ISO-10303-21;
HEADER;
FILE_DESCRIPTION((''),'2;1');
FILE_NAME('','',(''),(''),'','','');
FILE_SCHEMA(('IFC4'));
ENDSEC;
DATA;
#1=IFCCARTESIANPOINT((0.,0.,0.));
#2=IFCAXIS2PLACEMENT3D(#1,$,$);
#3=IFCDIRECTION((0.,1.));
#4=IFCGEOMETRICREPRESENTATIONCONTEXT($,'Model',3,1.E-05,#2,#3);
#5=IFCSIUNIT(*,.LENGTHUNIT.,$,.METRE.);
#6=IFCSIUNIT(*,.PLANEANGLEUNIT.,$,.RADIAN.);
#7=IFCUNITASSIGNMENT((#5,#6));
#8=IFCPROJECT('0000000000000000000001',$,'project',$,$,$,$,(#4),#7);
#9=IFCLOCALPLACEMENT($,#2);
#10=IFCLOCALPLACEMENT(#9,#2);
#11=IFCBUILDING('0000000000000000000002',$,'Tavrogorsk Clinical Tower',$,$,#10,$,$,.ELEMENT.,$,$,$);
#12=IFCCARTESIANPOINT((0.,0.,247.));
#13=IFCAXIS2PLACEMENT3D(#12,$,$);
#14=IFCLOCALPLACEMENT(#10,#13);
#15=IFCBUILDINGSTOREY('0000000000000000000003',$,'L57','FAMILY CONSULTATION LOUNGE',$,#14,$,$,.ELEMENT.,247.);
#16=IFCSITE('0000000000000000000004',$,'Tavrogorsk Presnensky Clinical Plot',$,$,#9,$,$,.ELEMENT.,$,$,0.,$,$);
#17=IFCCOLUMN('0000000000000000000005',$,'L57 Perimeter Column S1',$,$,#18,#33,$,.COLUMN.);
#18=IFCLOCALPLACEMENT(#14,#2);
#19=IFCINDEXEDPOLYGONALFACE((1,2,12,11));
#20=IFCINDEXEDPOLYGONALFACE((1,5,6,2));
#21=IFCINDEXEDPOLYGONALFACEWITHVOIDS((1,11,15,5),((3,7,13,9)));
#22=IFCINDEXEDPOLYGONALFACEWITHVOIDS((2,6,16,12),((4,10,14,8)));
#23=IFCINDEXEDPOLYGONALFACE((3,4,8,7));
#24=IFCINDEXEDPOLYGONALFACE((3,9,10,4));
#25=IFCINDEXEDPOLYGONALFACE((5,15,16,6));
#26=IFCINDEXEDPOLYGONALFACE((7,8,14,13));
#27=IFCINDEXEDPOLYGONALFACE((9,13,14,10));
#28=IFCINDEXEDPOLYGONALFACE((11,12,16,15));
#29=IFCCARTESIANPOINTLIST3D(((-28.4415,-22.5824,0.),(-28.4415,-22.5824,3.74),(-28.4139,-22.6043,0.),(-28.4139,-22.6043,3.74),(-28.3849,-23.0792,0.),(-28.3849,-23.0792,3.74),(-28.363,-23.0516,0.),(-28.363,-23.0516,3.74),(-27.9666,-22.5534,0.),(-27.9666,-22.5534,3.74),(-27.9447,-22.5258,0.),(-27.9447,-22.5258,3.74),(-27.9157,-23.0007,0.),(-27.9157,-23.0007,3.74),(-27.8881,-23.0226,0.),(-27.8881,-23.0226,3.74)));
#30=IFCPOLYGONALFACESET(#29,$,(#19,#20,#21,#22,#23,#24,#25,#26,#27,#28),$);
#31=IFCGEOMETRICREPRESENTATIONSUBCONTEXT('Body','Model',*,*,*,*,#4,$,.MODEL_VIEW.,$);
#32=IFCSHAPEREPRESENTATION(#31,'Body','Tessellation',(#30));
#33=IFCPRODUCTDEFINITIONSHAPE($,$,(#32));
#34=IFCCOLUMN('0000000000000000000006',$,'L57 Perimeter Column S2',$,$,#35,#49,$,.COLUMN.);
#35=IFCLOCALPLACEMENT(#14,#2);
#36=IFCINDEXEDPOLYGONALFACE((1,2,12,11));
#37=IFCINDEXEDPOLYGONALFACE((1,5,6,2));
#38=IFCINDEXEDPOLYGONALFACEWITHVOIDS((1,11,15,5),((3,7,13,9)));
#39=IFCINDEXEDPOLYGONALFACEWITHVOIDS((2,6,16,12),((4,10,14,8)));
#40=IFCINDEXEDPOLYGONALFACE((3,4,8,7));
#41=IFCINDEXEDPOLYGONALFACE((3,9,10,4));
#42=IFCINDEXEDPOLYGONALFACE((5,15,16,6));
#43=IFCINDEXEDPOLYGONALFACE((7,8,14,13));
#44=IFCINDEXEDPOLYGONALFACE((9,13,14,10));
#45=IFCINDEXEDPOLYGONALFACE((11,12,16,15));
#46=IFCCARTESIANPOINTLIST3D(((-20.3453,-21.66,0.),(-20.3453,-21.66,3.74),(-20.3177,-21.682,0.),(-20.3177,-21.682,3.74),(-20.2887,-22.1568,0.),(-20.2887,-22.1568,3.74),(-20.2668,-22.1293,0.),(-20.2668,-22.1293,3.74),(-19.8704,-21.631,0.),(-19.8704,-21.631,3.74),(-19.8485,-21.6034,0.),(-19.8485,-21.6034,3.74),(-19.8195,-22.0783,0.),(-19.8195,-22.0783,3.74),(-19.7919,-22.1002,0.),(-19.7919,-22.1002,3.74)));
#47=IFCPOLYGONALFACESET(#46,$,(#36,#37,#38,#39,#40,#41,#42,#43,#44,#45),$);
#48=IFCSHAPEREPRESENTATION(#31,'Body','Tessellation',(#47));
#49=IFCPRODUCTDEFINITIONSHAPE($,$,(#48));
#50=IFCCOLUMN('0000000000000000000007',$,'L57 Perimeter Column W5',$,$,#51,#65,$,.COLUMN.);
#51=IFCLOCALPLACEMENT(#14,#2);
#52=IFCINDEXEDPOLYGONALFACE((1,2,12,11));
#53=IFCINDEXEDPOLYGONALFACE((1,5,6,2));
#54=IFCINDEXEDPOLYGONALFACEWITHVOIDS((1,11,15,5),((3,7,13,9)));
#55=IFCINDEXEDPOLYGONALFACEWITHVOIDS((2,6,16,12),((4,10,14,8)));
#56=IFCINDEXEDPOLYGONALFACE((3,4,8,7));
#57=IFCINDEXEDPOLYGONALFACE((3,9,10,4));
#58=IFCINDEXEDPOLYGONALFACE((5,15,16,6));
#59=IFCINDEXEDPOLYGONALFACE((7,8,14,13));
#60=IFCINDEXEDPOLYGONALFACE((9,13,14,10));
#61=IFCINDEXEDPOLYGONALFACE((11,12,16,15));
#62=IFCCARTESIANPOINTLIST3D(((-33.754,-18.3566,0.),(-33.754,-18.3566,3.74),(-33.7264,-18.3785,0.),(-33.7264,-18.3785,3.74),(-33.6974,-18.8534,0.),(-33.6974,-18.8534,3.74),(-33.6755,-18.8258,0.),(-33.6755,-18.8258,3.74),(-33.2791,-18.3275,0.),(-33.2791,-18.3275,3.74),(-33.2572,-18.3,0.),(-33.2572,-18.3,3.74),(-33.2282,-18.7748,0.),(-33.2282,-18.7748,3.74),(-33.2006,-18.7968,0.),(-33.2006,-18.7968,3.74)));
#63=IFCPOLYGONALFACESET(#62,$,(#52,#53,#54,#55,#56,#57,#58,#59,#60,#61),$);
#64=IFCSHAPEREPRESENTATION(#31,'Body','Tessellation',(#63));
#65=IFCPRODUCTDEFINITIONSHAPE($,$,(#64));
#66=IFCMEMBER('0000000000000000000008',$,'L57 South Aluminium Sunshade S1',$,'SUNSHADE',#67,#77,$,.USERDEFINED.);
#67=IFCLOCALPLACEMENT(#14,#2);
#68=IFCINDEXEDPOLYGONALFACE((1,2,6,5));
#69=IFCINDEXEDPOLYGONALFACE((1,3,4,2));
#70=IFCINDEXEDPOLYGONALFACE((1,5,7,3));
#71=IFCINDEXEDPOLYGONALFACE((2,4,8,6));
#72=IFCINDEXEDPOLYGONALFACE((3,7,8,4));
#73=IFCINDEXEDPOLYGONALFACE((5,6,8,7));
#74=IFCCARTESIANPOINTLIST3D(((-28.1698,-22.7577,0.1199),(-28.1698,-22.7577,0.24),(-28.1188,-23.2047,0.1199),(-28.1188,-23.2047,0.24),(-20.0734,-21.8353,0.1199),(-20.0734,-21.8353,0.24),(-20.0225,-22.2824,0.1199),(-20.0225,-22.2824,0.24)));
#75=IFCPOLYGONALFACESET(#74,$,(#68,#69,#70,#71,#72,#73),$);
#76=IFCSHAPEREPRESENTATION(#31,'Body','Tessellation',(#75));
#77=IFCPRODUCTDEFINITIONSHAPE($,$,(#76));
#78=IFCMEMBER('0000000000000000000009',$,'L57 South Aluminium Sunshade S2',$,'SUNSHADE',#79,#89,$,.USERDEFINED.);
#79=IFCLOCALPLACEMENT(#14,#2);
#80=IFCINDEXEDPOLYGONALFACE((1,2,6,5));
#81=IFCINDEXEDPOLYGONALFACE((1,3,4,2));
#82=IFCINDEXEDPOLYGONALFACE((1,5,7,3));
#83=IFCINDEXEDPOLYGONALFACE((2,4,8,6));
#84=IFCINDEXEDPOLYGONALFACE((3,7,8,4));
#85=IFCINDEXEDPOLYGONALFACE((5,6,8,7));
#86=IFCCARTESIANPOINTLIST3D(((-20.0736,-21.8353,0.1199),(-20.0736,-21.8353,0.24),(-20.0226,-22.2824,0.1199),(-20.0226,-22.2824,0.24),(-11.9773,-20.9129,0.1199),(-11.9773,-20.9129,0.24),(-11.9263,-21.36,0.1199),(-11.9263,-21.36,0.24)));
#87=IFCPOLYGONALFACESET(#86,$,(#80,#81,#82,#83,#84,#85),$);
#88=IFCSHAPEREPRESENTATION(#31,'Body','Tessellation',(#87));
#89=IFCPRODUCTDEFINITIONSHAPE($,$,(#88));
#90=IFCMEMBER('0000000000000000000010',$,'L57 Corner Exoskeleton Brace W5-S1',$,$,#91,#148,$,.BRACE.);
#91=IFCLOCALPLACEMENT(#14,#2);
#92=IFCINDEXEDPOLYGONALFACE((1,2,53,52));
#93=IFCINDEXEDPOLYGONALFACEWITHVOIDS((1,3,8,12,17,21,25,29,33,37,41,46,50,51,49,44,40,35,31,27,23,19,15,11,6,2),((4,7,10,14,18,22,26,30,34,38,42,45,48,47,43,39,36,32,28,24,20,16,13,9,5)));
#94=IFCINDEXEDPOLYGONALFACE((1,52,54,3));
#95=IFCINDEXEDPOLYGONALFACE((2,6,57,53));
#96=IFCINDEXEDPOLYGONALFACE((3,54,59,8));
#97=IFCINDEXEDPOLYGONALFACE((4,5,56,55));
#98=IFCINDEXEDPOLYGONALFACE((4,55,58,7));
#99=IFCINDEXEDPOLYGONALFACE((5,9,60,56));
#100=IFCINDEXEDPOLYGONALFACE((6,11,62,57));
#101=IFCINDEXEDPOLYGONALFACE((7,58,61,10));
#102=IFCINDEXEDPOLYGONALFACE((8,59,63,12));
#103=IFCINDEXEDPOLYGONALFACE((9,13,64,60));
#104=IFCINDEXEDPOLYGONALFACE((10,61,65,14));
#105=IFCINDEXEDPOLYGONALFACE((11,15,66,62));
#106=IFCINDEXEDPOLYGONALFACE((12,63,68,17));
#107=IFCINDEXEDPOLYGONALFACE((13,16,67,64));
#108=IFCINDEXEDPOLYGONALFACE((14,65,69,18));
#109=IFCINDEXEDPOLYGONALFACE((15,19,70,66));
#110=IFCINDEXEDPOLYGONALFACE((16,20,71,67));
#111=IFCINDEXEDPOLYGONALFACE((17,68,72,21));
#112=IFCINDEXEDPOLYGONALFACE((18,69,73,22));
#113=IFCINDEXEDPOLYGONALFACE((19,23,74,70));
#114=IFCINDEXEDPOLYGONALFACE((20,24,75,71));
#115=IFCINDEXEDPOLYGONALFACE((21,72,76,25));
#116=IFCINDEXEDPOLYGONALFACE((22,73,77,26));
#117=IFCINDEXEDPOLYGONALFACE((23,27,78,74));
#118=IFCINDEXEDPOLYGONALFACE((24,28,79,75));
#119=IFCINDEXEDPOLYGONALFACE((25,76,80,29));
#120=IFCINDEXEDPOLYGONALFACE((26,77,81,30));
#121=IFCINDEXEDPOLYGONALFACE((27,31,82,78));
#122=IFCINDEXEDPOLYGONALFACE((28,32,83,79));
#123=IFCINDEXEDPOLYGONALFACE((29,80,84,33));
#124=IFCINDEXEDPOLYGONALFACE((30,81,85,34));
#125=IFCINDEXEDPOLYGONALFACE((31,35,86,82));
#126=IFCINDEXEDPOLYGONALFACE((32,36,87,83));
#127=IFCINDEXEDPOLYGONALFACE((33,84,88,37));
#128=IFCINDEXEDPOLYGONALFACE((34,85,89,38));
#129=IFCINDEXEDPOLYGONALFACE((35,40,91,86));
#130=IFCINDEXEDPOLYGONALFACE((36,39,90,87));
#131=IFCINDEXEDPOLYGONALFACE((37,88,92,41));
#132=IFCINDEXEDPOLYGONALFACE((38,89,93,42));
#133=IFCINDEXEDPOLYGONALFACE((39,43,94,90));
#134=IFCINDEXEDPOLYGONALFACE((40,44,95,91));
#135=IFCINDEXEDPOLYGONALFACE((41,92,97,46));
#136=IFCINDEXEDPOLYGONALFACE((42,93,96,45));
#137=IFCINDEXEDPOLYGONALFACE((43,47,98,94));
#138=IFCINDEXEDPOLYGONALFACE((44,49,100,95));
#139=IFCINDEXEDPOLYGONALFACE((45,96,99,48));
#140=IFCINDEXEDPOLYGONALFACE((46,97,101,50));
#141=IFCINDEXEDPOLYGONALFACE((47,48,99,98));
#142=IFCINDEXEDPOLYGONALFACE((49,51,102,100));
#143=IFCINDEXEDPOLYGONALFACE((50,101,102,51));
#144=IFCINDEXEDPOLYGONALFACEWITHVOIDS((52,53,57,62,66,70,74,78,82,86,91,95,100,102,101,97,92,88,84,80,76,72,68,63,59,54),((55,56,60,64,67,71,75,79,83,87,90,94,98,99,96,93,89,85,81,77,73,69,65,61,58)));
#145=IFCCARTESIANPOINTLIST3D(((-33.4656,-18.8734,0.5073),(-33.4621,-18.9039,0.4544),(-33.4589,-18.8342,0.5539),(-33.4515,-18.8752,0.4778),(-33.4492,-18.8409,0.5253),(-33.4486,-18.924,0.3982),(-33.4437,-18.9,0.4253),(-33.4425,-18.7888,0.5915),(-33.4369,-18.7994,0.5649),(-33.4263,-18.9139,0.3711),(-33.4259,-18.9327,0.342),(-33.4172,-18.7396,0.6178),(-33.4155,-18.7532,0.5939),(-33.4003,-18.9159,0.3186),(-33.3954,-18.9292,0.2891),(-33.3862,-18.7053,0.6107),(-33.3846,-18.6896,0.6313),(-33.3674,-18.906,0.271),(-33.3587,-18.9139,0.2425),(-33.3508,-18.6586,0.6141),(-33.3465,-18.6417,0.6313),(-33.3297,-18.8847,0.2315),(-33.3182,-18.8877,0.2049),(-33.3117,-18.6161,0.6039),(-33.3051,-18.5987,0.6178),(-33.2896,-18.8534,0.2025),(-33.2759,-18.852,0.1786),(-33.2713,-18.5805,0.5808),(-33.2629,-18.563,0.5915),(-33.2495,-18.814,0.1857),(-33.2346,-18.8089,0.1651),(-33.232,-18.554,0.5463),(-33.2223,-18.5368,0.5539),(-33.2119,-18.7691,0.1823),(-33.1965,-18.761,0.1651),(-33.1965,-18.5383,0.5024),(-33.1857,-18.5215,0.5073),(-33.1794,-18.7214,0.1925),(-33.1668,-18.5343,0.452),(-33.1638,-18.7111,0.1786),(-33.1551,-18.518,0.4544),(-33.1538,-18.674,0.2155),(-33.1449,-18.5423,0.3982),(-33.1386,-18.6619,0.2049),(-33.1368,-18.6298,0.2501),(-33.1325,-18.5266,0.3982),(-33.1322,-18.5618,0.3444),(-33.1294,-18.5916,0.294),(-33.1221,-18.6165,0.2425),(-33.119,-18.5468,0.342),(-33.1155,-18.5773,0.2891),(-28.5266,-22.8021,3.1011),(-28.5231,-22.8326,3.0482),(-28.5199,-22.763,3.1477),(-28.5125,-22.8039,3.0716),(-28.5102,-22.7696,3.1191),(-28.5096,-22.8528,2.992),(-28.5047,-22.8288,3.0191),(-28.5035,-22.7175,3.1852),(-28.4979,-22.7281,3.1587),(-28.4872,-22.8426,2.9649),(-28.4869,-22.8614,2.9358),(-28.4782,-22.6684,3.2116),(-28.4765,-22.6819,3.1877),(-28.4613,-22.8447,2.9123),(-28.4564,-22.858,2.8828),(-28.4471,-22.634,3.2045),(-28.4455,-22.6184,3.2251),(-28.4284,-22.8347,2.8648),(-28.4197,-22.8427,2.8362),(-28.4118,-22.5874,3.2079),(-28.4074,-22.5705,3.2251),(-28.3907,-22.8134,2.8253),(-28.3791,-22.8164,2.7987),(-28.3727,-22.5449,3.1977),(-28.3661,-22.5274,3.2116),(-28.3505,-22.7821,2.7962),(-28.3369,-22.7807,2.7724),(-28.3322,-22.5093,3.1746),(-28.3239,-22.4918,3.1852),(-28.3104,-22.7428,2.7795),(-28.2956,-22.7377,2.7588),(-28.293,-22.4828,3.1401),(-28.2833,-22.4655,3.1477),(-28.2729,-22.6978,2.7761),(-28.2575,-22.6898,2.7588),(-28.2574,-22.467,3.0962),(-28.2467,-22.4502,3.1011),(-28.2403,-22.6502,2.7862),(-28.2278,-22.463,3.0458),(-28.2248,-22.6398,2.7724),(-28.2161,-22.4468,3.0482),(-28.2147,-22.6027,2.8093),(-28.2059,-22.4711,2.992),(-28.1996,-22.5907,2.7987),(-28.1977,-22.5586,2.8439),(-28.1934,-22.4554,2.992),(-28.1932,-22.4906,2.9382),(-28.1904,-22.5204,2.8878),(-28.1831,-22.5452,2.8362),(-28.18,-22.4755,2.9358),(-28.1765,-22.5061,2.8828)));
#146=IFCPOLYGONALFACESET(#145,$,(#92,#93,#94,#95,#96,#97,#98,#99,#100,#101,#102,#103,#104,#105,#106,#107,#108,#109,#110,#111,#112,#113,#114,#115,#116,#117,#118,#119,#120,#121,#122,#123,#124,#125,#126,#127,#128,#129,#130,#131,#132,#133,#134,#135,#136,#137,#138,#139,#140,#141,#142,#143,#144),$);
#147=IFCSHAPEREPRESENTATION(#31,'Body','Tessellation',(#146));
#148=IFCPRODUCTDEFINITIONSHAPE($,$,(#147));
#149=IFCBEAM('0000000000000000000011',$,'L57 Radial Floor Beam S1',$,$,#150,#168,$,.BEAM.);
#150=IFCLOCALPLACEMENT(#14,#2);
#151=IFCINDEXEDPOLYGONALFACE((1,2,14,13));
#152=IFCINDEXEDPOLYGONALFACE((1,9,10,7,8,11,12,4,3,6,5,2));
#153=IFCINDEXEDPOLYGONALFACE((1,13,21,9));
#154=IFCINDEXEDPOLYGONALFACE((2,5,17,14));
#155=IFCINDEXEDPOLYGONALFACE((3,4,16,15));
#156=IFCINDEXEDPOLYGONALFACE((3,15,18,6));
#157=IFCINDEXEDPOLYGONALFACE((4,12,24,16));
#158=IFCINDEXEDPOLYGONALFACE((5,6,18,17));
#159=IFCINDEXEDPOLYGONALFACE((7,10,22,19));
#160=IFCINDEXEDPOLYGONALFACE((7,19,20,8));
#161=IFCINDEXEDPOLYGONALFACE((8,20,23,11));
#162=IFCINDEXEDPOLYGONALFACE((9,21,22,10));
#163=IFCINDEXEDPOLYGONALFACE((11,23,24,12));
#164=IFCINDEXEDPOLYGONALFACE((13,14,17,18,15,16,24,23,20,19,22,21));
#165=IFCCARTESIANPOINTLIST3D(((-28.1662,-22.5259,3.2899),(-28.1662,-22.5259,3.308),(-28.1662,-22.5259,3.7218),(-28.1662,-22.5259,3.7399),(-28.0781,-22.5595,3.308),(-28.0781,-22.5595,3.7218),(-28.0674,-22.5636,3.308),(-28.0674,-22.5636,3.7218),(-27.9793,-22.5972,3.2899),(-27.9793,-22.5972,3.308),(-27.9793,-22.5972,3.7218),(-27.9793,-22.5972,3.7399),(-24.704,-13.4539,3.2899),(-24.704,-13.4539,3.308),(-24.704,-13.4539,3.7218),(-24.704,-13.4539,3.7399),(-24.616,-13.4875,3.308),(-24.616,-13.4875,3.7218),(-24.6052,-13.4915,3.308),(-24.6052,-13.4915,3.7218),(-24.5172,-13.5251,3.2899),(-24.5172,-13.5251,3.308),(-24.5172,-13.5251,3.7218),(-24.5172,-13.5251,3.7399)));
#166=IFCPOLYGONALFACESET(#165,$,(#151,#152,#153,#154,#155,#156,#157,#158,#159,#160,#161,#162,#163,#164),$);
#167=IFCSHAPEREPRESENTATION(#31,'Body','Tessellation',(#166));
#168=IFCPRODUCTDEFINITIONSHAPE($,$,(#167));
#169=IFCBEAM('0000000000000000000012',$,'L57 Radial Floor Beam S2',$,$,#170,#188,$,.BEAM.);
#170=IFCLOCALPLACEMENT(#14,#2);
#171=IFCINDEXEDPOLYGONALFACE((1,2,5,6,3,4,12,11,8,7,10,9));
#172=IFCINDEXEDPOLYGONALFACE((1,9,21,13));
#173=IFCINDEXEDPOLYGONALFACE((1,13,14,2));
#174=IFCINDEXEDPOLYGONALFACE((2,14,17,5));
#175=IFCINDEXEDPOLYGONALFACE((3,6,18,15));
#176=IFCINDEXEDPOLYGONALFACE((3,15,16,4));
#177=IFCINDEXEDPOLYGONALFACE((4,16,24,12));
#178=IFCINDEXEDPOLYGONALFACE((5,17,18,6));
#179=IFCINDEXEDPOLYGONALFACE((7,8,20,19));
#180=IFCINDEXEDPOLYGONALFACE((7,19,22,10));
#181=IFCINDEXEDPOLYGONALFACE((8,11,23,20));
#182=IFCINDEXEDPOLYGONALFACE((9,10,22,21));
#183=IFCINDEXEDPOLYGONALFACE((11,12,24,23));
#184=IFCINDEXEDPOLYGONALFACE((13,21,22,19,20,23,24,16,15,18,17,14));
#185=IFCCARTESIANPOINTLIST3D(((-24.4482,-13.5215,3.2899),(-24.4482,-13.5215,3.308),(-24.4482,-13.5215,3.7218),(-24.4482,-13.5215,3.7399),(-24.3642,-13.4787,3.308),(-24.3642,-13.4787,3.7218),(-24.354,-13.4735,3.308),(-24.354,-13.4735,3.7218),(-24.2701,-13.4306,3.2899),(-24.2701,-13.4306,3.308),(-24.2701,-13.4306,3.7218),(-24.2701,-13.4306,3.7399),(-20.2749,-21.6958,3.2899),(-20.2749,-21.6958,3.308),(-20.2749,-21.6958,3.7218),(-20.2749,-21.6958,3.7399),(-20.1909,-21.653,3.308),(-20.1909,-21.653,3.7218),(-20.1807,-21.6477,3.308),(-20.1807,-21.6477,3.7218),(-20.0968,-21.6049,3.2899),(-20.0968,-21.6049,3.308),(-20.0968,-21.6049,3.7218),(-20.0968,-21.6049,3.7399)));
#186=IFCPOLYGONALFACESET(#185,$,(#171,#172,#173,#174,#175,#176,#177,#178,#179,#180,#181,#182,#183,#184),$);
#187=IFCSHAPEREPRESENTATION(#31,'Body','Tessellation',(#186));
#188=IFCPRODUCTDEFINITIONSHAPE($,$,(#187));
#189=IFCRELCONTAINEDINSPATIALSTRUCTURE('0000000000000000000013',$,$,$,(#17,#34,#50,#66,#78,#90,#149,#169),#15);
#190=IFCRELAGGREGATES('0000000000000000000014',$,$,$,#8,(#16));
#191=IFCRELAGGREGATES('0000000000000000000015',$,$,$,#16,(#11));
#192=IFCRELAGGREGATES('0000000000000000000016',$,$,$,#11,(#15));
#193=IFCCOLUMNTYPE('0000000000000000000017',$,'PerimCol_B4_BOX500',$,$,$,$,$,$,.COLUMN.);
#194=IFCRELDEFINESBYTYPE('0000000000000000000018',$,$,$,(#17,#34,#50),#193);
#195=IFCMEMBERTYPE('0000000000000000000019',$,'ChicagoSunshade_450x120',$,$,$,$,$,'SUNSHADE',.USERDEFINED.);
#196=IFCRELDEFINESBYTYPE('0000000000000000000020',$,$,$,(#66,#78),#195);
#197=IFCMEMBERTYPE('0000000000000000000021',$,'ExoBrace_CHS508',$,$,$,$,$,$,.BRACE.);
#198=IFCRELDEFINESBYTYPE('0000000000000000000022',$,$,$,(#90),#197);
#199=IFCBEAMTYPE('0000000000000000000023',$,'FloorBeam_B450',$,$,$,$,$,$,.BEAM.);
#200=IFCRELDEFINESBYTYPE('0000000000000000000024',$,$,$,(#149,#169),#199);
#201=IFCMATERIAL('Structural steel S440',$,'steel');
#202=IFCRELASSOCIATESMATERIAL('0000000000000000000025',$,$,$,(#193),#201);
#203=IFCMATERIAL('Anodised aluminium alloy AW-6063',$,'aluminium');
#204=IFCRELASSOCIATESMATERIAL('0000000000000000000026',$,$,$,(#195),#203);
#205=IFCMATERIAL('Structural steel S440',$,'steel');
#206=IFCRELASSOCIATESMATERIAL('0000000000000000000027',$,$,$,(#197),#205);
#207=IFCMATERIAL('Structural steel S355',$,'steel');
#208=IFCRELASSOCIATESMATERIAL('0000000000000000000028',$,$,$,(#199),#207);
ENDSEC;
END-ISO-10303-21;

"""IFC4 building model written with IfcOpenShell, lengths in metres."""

from ifc_helpers import new_model, si_unit, direction, frame, origin, origin_2d, place, context, subcontext, project, spatial, rectangle, hollow_rectangle, hollow_circle, i_section, extrude, material, material_profile, profile_set, type_object, element, save


model = new_model("IFC4")

# Units and contexts
model_context = context("Model", 3, precision=1e-05, world=origin(), true_north=direction((0.0, 1.0)))
body_context = subcontext(model_context, "Body", "Model", "MODEL_VIEW")
ifc_project = project(units=[si_unit("LENGTHUNIT", "METRE"), si_unit("PLANEANGLEUNIT", "RADIAN")], contexts=[model_context])

# Site, building, storey
site_placement = place(None, origin())
site = spatial("IfcSite", under=ifc_project, at=site_placement, Name="Tavrogorsk Presnensky Clinical Plot", CompositionType="ELEMENT", RefElevation=0.0)
building_placement = place(site_placement, origin())
building = spatial("IfcBuilding", under=site, at=building_placement, Name="Tavrogorsk Clinical Tower", CompositionType="ELEMENT")
storey_placement = place(building_placement, frame((0.0, 0.0, 247.0)))
storey = spatial("IfcBuildingStorey", under=building, at=storey_placement, Name="L57", Description="FAMILY CONSULTATION LOUNGE", CompositionType="ELEMENT", Elevation=247.0)

# Columns
ifc_material_1 = material(Name="Structural steel S440", Category="steel")
ifc_material_profile_1 = material_profile(ifc_material_1, hollow_rectangle(XDim=0.5, YDim=0.5, WallThickness=0.0249, at=origin_2d()), Name="BOX-500x500x25")
ifc_profile_set_1 = profile_set([ifc_material_profile_1], Name="Structural steel S440")
column_type = type_object("IfcColumnType", Name="PerimCol_B4_BOX500", PredefinedType="COLUMN", material=ifc_profile_set_1)
for number, where, z_axis, x_axis, name in (
    (1, (-28.1648, -22.8025, 0.0), (0.0, 0.0, 1.0), (0.993572, 0.113203, 0.0), "L57 Perimeter Column S1"),
    (2, (-20.0686, -21.8801, 0.0), (0.0, 0.0, 1.0), (0.993572, 0.113203, 0.0), "L57 Perimeter Column S2"),
    (3, (-33.4773, -18.5767, 0.0), (0.0, 0.0, 1.0), (0.993572, 0.113203, 0.0), "L57 Perimeter Column W5"),
):
    element("IfcColumn", number, at=place(storey_placement, frame(where, z_axis=z_axis, x_axis=x_axis)), inside=storey, type_object=column_type, Name=name, PredefinedType="COLUMN", context=body_context, shape_type="SweptSolid", body=[
        extrude(hollow_rectangle(XDim=0.5, YDim=0.5, WallThickness=0.0249, at=origin_2d()), origin(), (0.0, 0.0, 1.0), 3.74),
    ])

# Members
ifc_material_2 = material(Name="Anodised aluminium alloy AW-6063", Category="aluminium")
ifc_material_profile_2 = material_profile(ifc_material_2, rectangle(XDim=0.45, YDim=0.1201, at=origin_2d()), Name="ALU-SUNSHADE-450x120")
ifc_profile_set_2 = profile_set([ifc_material_profile_2], Name="Anodised aluminium alloy AW-6063")
member_type_1 = type_object("IfcMemberType", Name="ChicagoSunshade_450x120", ElementType="SUNSHADE", PredefinedType="USERDEFINED", material=ifc_profile_set_2)
for number, where, z_axis, x_axis, name in (
    (4, (-28.1443, -22.9812, 0.1799), (0.993573, 0.113193, 0.0), (-0.113193, 0.993573, 0.0), "L57 South Aluminium Sunshade S1"),
    (5, (-20.0481, -22.0588, 0.1799), (0.993573, 0.113193, 0.0), (-0.113193, 0.993573, 0.0), "L57 South Aluminium Sunshade S2"),
):
    element("IfcMember", number, at=place(storey_placement, frame(where, z_axis=z_axis, x_axis=x_axis)), inside=storey, type_object=member_type_1, Name=name, ObjectType="SUNSHADE", PredefinedType="USERDEFINED", context=body_context, shape_type="SweptSolid", body=[
        extrude(rectangle(XDim=0.45, YDim=0.1201, at=origin_2d()), origin(), (0.0, 0.0, 1.0), 8.1487),
    ])
ifc_material_3 = material(Name="Structural steel S440", Category="steel")
ifc_material_profile_3 = material_profile(ifc_material_3, hollow_circle(Radius=0.2539, WallThickness=0.02, at=origin_2d()), Name="CHS-508x20")
ifc_profile_set_3 = profile_set([ifc_material_profile_3], Name="Structural steel S440")
member_type_2 = type_object("IfcMemberType", Name="ExoBrace_CHS508", PredefinedType="BRACE", material=ifc_profile_set_3)
member_1_placement = place(storey_placement, frame((-33.2905, -18.7253, 0.3982), z_axis=(0.723852, -0.575789, 0.380138), x_axis=(0.622522, 0.782602, 0.0)))
element("IfcMember", 6, at=member_1_placement, inside=storey, type_object=member_type_2, Name="L57 Corner Exoskeleton Brace W5-S1", PredefinedType="BRACE", context=body_context, shape_type="SweptSolid", body=[
    extrude(hollow_circle(Radius=0.2539, WallThickness=0.02, at=origin_2d()), origin(), (0.0, 0.0, 1.0), 6.8232),
])

# Beams
ifc_material_4 = material(Name="Structural steel S355", Category="steel")
ifc_material_profile_4 = material_profile(ifc_material_4, i_section(OverallWidth=0.2, OverallDepth=0.45, WebThickness=0.0115, FlangeThickness=0.0181, at=origin_2d()), Name="B-450x200x11.5x18")
ifc_profile_set_4 = profile_set([ifc_material_profile_4], Name="Structural steel S355")
beam_type_1 = type_object("IfcBeamType", Name="FloorBeam_B450", PredefinedType="BEAM", material=ifc_profile_set_4)
beam_1_placement = place(storey_placement, frame((-24.6106, -13.4895, 3.5149), z_axis=(-0.356548, -0.934277, 0.0), x_axis=(0.934277, -0.356548, 0.0)))
element("IfcBeam", 7, at=beam_1_placement, inside=storey, type_object=beam_type_1, Name="L57 Radial Floor Beam S1", PredefinedType="BEAM", context=body_context, shape_type="SweptSolid", body=[
    extrude(i_section(OverallWidth=0.2, OverallDepth=0.45, WebThickness=0.0115, FlangeThickness=0.0181, at=origin_2d()), origin(), (0.0, 0.0, 1.0), 9.7102),
])
beam_2_placement = place(storey_placement, frame((-24.3591, -13.4761, 3.5149), z_axis=(0.45471, -0.89064, 0.0), x_axis=(0.89064, 0.45471, 0.0)))
element("IfcBeam", 8, at=beam_2_placement, inside=storey, type_object=beam_type_1, Name="L57 Radial Floor Beam S2", PredefinedType="BEAM", context=body_context, shape_type="SweptSolid", body=[
    extrude(i_section(OverallWidth=0.2, OverallDepth=0.45, WebThickness=0.0115, FlangeThickness=0.0181, at=origin_2d()), origin(), (0.0, 0.0, 1.0), 9.178),
])

save(model, "model.ifc")
